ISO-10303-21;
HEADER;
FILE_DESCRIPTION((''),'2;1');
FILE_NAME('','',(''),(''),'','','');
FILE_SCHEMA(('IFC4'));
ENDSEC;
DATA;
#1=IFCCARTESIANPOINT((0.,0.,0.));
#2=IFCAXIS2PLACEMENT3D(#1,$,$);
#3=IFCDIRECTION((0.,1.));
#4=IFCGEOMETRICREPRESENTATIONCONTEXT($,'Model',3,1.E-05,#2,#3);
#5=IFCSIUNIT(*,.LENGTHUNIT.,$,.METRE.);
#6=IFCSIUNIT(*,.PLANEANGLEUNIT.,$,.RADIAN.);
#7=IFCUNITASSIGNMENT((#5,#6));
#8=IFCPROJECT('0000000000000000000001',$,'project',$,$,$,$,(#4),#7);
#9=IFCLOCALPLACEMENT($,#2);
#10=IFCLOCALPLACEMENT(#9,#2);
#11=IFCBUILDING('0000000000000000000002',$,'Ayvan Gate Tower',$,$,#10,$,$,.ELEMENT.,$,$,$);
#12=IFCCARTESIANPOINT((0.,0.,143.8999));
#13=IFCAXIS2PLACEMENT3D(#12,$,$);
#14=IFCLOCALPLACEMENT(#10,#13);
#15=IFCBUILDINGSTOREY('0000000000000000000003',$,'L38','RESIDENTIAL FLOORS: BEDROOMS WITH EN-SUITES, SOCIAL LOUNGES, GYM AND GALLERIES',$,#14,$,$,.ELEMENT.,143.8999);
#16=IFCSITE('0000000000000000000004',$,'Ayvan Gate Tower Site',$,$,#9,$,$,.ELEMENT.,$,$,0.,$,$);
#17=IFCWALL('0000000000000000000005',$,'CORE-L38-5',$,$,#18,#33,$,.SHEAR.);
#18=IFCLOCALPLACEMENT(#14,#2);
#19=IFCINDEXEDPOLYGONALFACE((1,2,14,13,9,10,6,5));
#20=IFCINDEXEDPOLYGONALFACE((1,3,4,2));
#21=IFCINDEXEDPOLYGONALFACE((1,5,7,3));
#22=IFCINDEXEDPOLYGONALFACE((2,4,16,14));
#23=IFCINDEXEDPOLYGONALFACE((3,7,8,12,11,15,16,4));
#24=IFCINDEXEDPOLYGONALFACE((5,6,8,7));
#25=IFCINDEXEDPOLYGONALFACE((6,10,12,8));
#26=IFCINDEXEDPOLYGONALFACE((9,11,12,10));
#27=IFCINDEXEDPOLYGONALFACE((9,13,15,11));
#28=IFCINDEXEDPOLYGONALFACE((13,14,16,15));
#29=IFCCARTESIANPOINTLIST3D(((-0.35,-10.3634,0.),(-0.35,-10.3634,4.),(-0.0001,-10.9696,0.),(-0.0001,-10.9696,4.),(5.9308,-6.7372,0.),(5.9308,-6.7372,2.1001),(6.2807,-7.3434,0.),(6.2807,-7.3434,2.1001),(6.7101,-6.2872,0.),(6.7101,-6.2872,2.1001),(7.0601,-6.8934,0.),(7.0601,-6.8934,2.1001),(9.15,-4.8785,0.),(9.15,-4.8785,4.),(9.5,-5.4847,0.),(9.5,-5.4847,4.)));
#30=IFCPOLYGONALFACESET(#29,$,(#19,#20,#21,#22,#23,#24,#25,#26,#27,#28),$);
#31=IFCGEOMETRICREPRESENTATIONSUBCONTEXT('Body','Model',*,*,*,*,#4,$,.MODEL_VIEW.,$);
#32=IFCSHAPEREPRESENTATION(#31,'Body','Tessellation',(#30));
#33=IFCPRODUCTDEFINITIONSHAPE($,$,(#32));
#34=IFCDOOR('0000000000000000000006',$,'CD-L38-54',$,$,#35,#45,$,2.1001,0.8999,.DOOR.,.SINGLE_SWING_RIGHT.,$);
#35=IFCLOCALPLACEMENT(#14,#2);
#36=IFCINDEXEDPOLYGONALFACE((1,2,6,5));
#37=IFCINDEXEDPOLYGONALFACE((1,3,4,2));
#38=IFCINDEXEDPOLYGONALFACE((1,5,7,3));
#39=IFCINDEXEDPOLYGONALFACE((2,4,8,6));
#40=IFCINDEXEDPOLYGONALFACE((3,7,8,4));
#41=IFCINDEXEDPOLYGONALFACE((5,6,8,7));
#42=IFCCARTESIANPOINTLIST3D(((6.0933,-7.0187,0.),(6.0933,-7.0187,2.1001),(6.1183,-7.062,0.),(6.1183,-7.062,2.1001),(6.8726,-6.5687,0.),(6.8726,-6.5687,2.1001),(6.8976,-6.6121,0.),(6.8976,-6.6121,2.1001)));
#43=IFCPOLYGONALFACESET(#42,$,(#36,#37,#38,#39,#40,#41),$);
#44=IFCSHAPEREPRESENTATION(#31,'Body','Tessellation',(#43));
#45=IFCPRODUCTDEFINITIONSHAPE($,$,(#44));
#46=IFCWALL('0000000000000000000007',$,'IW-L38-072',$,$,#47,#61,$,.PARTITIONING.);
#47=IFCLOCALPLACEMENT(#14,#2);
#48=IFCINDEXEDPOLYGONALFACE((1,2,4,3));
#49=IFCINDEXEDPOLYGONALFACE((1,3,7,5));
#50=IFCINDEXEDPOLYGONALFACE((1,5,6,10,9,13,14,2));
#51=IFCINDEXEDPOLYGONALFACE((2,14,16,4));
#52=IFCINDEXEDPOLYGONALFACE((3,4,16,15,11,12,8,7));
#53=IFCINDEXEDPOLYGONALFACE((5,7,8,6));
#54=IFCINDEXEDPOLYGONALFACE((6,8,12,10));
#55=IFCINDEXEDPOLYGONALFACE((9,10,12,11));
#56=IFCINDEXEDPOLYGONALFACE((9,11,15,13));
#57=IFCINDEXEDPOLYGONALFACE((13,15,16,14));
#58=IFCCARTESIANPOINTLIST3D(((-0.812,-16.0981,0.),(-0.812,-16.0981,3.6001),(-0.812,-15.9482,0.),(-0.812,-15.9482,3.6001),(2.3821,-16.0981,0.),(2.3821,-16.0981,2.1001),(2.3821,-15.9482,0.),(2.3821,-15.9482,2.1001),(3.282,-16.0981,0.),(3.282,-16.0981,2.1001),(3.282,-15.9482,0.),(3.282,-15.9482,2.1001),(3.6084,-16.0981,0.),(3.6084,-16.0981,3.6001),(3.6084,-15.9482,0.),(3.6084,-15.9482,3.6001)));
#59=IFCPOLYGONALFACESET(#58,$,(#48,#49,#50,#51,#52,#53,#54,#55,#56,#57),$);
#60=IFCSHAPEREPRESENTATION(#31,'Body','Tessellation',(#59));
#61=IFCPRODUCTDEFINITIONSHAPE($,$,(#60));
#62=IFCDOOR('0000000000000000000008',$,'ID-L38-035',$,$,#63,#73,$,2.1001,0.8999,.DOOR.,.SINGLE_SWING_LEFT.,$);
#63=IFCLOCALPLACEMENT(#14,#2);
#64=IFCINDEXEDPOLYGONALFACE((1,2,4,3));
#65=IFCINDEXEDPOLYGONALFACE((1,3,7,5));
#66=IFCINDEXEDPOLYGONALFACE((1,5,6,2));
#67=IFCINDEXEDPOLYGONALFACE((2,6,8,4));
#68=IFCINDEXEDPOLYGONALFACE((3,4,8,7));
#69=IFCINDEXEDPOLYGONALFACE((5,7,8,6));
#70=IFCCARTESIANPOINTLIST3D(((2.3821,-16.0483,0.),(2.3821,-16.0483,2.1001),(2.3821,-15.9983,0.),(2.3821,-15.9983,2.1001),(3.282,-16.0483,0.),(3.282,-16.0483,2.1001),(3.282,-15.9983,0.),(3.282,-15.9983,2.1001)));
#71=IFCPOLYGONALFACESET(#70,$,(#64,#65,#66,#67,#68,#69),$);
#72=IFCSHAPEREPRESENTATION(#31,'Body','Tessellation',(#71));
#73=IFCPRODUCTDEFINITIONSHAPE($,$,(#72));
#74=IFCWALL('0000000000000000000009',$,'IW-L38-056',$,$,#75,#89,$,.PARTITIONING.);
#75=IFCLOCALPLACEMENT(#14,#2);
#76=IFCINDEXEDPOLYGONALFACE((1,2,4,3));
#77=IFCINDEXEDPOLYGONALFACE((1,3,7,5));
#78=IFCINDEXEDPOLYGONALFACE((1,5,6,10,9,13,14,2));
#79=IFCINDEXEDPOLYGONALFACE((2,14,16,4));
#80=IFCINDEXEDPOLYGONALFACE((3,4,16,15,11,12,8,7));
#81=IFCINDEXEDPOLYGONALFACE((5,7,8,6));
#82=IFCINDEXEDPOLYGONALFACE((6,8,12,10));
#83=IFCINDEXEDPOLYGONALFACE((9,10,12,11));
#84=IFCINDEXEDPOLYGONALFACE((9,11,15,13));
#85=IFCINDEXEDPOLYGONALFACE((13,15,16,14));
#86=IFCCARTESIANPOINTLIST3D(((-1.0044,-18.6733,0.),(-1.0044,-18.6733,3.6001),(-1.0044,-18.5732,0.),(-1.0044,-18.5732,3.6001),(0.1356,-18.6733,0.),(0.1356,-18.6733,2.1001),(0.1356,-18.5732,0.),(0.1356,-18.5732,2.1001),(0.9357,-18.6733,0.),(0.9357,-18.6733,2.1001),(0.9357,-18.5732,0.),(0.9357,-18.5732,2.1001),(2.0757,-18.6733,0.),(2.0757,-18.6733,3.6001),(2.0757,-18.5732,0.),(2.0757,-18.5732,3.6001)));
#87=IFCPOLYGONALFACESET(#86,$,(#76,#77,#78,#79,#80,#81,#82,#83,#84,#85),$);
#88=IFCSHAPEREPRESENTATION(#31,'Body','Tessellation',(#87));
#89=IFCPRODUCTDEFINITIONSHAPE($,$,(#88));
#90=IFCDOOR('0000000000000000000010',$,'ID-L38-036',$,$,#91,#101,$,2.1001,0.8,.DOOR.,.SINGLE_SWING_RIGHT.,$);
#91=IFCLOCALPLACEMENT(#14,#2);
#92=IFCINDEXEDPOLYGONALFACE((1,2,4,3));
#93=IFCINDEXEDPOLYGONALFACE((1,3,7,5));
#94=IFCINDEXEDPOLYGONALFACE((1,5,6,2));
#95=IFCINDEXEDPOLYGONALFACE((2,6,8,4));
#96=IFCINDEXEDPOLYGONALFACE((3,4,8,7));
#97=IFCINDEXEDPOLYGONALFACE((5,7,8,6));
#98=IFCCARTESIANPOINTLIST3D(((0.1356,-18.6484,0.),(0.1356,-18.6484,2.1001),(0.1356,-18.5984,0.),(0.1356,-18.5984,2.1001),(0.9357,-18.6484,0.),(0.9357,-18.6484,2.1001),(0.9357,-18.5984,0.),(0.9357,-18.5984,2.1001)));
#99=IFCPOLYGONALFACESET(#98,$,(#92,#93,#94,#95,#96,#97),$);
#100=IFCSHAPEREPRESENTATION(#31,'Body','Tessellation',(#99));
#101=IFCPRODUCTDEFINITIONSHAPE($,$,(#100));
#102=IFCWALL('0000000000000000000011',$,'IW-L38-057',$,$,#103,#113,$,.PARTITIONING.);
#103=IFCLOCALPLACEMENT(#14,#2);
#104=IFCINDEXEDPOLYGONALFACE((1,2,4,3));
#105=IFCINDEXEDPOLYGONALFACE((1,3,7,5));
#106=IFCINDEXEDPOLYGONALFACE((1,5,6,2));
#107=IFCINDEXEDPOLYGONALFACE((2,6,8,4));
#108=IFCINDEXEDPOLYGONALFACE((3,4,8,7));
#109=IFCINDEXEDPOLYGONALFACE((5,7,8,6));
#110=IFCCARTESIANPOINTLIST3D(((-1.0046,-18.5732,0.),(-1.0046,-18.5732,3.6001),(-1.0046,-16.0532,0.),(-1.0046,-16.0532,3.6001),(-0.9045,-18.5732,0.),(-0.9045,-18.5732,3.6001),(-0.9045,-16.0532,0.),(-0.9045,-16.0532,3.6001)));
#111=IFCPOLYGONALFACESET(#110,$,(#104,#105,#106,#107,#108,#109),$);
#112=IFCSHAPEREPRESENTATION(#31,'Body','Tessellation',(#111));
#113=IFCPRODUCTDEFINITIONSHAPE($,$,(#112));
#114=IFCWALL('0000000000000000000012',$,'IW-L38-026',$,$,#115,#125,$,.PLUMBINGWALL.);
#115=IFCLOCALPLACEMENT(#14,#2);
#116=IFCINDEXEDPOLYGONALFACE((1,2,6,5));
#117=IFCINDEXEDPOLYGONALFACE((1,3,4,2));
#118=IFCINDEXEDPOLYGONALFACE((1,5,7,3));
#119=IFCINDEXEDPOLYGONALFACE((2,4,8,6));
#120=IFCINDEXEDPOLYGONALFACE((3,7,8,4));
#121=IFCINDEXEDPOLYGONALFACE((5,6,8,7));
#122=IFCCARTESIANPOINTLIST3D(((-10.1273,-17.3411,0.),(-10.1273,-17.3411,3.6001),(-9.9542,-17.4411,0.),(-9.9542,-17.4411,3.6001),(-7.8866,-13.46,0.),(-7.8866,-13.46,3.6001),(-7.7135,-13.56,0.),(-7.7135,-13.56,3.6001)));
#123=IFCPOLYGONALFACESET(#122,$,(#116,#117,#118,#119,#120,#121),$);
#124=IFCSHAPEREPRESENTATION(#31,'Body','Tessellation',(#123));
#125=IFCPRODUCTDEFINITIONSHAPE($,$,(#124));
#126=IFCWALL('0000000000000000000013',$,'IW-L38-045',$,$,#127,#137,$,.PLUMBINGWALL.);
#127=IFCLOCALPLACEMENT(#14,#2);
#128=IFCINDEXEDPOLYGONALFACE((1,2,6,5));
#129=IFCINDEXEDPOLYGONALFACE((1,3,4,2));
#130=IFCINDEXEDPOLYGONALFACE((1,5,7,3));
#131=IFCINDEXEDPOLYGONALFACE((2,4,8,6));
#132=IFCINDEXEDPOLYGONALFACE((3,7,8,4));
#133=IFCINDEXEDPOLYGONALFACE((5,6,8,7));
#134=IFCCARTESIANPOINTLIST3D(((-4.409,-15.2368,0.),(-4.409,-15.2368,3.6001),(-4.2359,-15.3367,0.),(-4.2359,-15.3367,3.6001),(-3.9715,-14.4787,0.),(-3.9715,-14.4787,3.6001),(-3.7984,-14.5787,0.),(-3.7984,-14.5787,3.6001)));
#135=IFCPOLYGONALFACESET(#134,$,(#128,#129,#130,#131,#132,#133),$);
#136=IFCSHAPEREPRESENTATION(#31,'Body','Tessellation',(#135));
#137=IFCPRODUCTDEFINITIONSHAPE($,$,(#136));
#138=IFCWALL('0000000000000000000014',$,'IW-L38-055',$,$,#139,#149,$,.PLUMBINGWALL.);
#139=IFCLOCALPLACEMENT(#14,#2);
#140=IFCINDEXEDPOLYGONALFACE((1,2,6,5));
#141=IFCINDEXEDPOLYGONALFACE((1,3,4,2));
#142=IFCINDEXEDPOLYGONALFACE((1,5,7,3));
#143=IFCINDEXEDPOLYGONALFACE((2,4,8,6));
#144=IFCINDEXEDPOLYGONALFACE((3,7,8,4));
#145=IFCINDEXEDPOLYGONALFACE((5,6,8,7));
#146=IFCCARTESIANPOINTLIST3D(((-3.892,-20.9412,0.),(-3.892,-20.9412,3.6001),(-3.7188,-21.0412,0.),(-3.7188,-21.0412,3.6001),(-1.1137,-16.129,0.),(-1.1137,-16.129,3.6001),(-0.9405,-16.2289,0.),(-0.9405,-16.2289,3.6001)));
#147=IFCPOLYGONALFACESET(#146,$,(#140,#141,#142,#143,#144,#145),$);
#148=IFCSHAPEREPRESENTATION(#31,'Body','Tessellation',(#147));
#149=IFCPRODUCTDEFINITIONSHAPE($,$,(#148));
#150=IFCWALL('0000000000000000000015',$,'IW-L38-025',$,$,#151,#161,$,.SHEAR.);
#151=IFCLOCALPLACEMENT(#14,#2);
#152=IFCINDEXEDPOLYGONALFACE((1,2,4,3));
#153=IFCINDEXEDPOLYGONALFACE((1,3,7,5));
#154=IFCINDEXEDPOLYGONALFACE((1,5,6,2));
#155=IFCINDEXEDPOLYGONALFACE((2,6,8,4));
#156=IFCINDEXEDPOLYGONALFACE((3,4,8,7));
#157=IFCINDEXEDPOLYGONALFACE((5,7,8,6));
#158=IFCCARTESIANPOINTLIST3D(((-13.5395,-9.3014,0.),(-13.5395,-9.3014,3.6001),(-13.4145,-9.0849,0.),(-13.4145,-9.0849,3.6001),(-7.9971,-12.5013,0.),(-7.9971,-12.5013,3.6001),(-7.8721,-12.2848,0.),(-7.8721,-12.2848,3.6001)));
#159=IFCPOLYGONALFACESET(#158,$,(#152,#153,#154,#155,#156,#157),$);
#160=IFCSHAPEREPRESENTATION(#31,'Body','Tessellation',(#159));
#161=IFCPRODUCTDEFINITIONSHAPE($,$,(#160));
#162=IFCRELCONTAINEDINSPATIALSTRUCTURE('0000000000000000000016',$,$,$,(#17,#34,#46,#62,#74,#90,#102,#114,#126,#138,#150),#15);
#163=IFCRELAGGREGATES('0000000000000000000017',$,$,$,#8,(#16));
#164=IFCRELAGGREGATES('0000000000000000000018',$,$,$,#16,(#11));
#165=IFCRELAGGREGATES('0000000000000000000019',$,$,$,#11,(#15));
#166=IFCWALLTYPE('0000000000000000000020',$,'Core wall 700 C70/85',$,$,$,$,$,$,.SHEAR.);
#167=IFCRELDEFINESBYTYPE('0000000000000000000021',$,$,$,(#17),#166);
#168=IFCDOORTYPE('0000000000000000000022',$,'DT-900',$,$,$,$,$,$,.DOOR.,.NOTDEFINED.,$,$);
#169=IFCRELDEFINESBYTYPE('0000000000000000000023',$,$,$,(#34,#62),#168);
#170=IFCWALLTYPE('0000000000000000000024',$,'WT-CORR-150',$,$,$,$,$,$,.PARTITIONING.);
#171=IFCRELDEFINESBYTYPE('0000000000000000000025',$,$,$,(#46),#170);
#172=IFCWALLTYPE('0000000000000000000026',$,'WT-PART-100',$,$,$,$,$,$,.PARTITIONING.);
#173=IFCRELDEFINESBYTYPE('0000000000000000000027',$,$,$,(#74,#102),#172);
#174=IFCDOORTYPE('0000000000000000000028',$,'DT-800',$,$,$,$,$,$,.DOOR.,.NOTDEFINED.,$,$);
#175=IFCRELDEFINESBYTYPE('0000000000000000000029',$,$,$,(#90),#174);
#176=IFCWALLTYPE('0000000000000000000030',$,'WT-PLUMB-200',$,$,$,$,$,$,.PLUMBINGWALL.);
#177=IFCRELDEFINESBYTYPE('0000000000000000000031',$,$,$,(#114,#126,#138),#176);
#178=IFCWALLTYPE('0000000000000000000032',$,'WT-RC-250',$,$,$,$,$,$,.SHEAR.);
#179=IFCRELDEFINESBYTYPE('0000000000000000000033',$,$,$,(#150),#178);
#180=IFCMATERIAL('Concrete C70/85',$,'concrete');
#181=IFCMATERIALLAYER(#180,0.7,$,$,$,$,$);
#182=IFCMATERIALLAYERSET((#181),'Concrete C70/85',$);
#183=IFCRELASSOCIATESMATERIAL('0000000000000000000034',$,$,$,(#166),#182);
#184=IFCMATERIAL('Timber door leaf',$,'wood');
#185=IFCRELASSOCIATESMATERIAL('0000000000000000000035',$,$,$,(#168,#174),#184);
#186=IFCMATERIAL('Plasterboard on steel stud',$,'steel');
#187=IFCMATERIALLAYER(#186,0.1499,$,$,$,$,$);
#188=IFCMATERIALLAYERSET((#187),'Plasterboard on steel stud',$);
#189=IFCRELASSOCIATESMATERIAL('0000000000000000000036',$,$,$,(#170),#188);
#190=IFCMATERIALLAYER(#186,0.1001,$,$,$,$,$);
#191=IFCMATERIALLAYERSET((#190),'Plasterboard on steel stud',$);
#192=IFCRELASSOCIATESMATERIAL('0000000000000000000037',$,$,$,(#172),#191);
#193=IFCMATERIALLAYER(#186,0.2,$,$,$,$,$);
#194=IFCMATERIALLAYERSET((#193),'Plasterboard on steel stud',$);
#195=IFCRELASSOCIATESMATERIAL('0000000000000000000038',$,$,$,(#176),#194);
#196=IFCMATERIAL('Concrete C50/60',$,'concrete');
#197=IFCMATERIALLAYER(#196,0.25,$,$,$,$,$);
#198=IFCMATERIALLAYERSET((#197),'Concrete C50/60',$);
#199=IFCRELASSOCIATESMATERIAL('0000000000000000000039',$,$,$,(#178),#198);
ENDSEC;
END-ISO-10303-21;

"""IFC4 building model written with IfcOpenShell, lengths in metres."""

from ifc_helpers import new_model, si_unit, direction, frame, frame_2d, origin, place, context, subcontext, project, spatial, rectangle, extrude, material, layer, layer_set, type_object, element, fill, save


model = new_model("IFC4")

# Units and contexts
model_context = context("Model", 3, precision=1e-05, world=origin(), true_north=direction((0.0, 1.0)))
body_context = subcontext(model_context, "Body", "Model", "MODEL_VIEW")
ifc_project = project(units=[si_unit("LENGTHUNIT", "METRE"), si_unit("PLANEANGLEUNIT", "RADIAN")], contexts=[model_context])

# Site, building, storey
site_placement = place(None, origin())
site = spatial("IfcSite", under=ifc_project, at=site_placement, Name="Ayvan Gate Tower Site", CompositionType="ELEMENT", RefElevation=0.0)
building_placement = place(site_placement, origin())
building = spatial("IfcBuilding", under=site, at=building_placement, Name="Ayvan Gate Tower", CompositionType="ELEMENT")
storey_placement = place(building_placement, frame((0.0, 0.0, 143.8999)))
storey = spatial("IfcBuildingStorey", under=building, at=storey_placement, Name="L38", Description="RESIDENTIAL FLOORS: BEDROOMS WITH EN-SUITES, SOCIAL LOUNGES, GYM AND GALLERIES", CompositionType="ELEMENT", Elevation=143.8999)

# Walls, openings, doors
ifc_material_1 = material(Name="Concrete C70/85", Category="concrete")
ifc_layer_1 = layer(ifc_material_1, 0.7)
ifc_layer_set_1 = layer_set([ifc_layer_1], Name="Concrete C70/85")
wall_type_1 = type_object("IfcWallType", Name="Core wall 700 C70/85", PredefinedType="SHEAR", material=ifc_layer_set_1)
wall_1_placement = place(storey_placement, frame((-0.175, -10.6665, 0.0), z_axis=(0.0, 0.0, 1.0), x_axis=(0.866024, 0.500002, 0.0)))
wall_1 = element("IfcWall", 1, at=wall_1_placement, inside=storey, type_object=wall_type_1, Name="CORE-L38-5", PredefinedType="SHEAR", context=body_context, shape_type="SweptSolid", body=[
    extrude(rectangle(XDim=10.9697, YDim=0.7, at=frame_2d((5.4849, 0.0))), origin(), (0.0, 0.0, 1.0), 4.0),
])
opening_1_placement = place(wall_1_placement, frame((7.2524, 0.0, 0.0)))
opening_1 = element("IfcOpeningElement", 2, at=opening_1_placement, cuts=wall_1, PredefinedType="OPENING", context=body_context, shape_type="SweptSolid", body=[
    extrude(rectangle(XDim=0.8999, YDim=2.1001, at=frame_2d((0.45, 1.05))), frame((0.0, 0.3599, 0.0), z_axis=(0.0, -1.0, 0.0), x_axis=(1.0, 0.0, 0.0)), (0.0, 0.0, 1.0), 0.72),
])
ifc_material_2 = material(Name="Timber door leaf", Category="wood")
door_type_1 = type_object("IfcDoorType", Name="DT-900", OperationType="NOTDEFINED", PredefinedType="DOOR", material=ifc_material_2)
door_1_placement = place(opening_1_placement, origin())
door_1 = element("IfcDoor", 3, at=door_1_placement, inside=storey, type_object=door_type_1, Name="CD-L38-54", OperationType="SINGLE_SWING_RIGHT", OverallHeight=2.1001, OverallWidth=0.8999, PredefinedType="DOOR", context=body_context, shape_type="SweptSolid", body=[
    extrude(rectangle(XDim=0.8999, YDim=2.1001, at=frame_2d((0.45, 1.05))), frame((0.0, 0.0249, 0.0), z_axis=(0.0, -1.0, 0.0), x_axis=(1.0, 0.0, 0.0)), (0.0, 0.0, 1.0), 0.05),
])
fill(opening_1, door_1)
ifc_material_3 = material(Name="Plasterboard on steel stud", Category="steel")
ifc_layer_2 = layer(ifc_material_3, 0.1499)
ifc_layer_set_2 = layer_set([ifc_layer_2], Name="Plasterboard on steel stud")
wall_type_2 = type_object("IfcWallType", Name="WT-CORR-150", PredefinedType="PARTITIONING", material=ifc_layer_set_2)
wall_2_placement = place(storey_placement, frame((-0.812, -16.0232, 0.0), z_axis=(0.0, 0.0, 1.0), x_axis=(1.0, 0.0, 0.0)))
wall_2 = element("IfcWall", 4, at=wall_2_placement, inside=storey, type_object=wall_type_2, Name="IW-L38-072", PredefinedType="PARTITIONING", context=body_context, shape_type="SweptSolid", body=[
    extrude(rectangle(XDim=4.4204, YDim=0.1499, at=frame_2d((2.2102, 0.0))), origin(), (0.0, 0.0, 1.0), 3.6001),
])
opening_2_placement = place(wall_2_placement, frame((3.1941, 0.0, 0.0)))
opening_2 = element("IfcOpeningElement", 5, at=opening_2_placement, cuts=wall_2, PredefinedType="OPENING", context=body_context, shape_type="SweptSolid", body=[
    extrude(rectangle(XDim=0.8999, YDim=2.1001, at=frame_2d((0.45, 1.05))), frame((0.0, 0.085, 0.0), z_axis=(0.0, -1.0, 0.0), x_axis=(1.0, 0.0, 0.0)), (0.0, 0.0, 1.0), 0.1699),
])
door_2_placement = place(opening_2_placement, origin())
door_2 = element("IfcDoor", 6, at=door_2_placement, inside=storey, type_object=door_type_1, Name="ID-L38-035", OperationType="SINGLE_SWING_LEFT", OverallHeight=2.1001, OverallWidth=0.8999, PredefinedType="DOOR", context=body_context, shape_type="SweptSolid", body=[
    extrude(rectangle(XDim=0.8999, YDim=2.1001, at=frame_2d((0.45, 1.05))), frame((0.0, 0.0249, 0.0), z_axis=(0.0, -1.0, 0.0), x_axis=(1.0, 0.0, 0.0)), (0.0, 0.0, 1.0), 0.05),
])
fill(opening_2, door_2)
ifc_layer_3 = layer(ifc_material_3, 0.1001)
ifc_layer_set_3 = layer_set([ifc_layer_3], Name="Plasterboard on steel stud")
wall_type_3 = type_object("IfcWallType", Name="WT-PART-100", PredefinedType="PARTITIONING", material=ifc_layer_set_3)
wall_3_placement = place(storey_placement, frame((-1.0044, -18.6233, 0.0), z_axis=(0.0, 0.0, 1.0), x_axis=(1.0, 0.0, 0.0)))
wall_3 = element("IfcWall", 7, at=wall_3_placement, inside=storey, type_object=wall_type_3, Name="IW-L38-056", PredefinedType="PARTITIONING", context=body_context, shape_type="SweptSolid", body=[
    extrude(rectangle(XDim=3.0801, YDim=0.1001, at=frame_2d((1.54, 0.0))), origin(), (0.0, 0.0, 1.0), 3.6001),
])
opening_3_placement = place(wall_3_placement, frame((1.1401, 0.0, 0.0)))
opening_3 = element("IfcOpeningElement", 8, at=opening_3_placement, cuts=wall_3, PredefinedType="OPENING", context=body_context, shape_type="SweptSolid", body=[
    extrude(rectangle(XDim=0.8, YDim=2.1001, at=frame_2d((0.3999, 1.05))), frame((0.0, 0.0601, 0.0), z_axis=(0.0, -1.0, 0.0), x_axis=(1.0, 0.0, 0.0)), (0.0, 0.0, 1.0), 0.1201),
])
door_type_2 = type_object("IfcDoorType", Name="DT-800", OperationType="NOTDEFINED", PredefinedType="DOOR", material=ifc_material_2)
door_3_placement = place(opening_3_placement, origin())
door_3 = element("IfcDoor", 9, at=door_3_placement, inside=storey, type_object=door_type_2, Name="ID-L38-036", OperationType="SINGLE_SWING_RIGHT", OverallHeight=2.1001, OverallWidth=0.8, PredefinedType="DOOR", context=body_context, shape_type="SweptSolid", body=[
    extrude(rectangle(XDim=0.8, YDim=2.1001, at=frame_2d((0.3999, 1.05))), frame((0.0, 0.0249, 0.0), z_axis=(0.0, -1.0, 0.0), x_axis=(1.0, 0.0, 0.0)), (0.0, 0.0, 1.0), 0.05),
])
fill(opening_3, door_3)

# Walls
wall_4_placement = place(storey_placement, frame((-0.9546, -16.0532, 0.0), z_axis=(0.0, 0.0, 1.0), x_axis=(0.0, -1.0, 0.0)))
element("IfcWall", 10, at=wall_4_placement, inside=storey, type_object=wall_type_3, Name="IW-L38-057", PredefinedType="PARTITIONING", context=body_context, shape_type="SweptSolid", body=[
    extrude(rectangle(XDim=2.52, YDim=0.1001, at=frame_2d((1.26, 0.0))), origin(), (0.0, 0.0, 1.0), 3.6001),
])
ifc_layer_4 = layer(ifc_material_3, 0.2)
ifc_layer_set_4 = layer_set([ifc_layer_4], Name="Plasterboard on steel stud")
wall_type_4 = type_object("IfcWallType", Name="WT-PLUMB-200", PredefinedType="PLUMBINGWALL", material=ifc_layer_set_4)
wall_5_placement = place(storey_placement, frame((-7.8, -13.51, 0.0), z_axis=(0.0, 0.0, 1.0), x_axis=(-0.499994, -0.866029, 0.0)))
element("IfcWall", 11, at=wall_5_placement, inside=storey, type_object=wall_type_4, Name="IW-L38-026", PredefinedType="PLUMBINGWALL", context=body_context, shape_type="SweptSolid", body=[
    extrude(rectangle(XDim=4.4814, YDim=0.2, at=frame_2d((2.2407, 0.0))), origin(), (0.0, 0.0, 1.0), 3.6001),
])
wall_6_placement = place(storey_placement, frame((-3.885, -14.5288, 0.0), z_axis=(0.0, 0.0, 1.0), x_axis=(-0.499859, -0.866107, 0.0)))
element("IfcWall", 12, at=wall_6_placement, inside=storey, type_object=wall_type_4, Name="IW-L38-045", PredefinedType="PLUMBINGWALL", context=body_context, shape_type="SweptSolid", body=[
    extrude(rectangle(XDim=0.8752, YDim=0.2, at=frame_2d((0.4375, 0.0))), origin(), (0.0, 0.0, 1.0), 3.6001),
])
wall_7_placement = place(storey_placement, frame((-1.0271, -16.179, 0.0), z_axis=(0.0, 0.0, 1.0), x_axis=(-0.499995, -0.866028, 0.0)))
element("IfcWall", 13, at=wall_7_placement, inside=storey, type_object=wall_type_4, Name="IW-L38-055", PredefinedType="PLUMBINGWALL", context=body_context, shape_type="SweptSolid", body=[
    extrude(rectangle(XDim=5.5566, YDim=0.2, at=frame_2d((2.7783, 0.0))), origin(), (0.0, 0.0, 1.0), 3.6001),
])
ifc_material_4 = material(Name="Concrete C50/60", Category="concrete")
ifc_layer_5 = layer(ifc_material_4, 0.25)
ifc_layer_set_5 = layer_set([ifc_layer_5], Name="Concrete C50/60")
wall_type_5 = type_object("IfcWallType", Name="WT-RC-250", PredefinedType="SHEAR", material=ifc_layer_set_5)
wall_8_placement = place(storey_placement, frame((-7.9346, -12.3931, 0.0), z_axis=(0.0, 0.0, 1.0), x_axis=(-0.866025, 0.5, 0.0)))
element("IfcWall", 14, at=wall_8_placement, inside=storey, type_object=wall_type_5, Name="IW-L38-025", PredefinedType="SHEAR", context=body_context, shape_type="SweptSolid", body=[
    extrude(rectangle(XDim=6.3999, YDim=0.25, at=frame_2d((3.2, 0.0))), origin(), (0.0, 0.0, 1.0), 3.6001),
])

save(model, "model.ifc")
